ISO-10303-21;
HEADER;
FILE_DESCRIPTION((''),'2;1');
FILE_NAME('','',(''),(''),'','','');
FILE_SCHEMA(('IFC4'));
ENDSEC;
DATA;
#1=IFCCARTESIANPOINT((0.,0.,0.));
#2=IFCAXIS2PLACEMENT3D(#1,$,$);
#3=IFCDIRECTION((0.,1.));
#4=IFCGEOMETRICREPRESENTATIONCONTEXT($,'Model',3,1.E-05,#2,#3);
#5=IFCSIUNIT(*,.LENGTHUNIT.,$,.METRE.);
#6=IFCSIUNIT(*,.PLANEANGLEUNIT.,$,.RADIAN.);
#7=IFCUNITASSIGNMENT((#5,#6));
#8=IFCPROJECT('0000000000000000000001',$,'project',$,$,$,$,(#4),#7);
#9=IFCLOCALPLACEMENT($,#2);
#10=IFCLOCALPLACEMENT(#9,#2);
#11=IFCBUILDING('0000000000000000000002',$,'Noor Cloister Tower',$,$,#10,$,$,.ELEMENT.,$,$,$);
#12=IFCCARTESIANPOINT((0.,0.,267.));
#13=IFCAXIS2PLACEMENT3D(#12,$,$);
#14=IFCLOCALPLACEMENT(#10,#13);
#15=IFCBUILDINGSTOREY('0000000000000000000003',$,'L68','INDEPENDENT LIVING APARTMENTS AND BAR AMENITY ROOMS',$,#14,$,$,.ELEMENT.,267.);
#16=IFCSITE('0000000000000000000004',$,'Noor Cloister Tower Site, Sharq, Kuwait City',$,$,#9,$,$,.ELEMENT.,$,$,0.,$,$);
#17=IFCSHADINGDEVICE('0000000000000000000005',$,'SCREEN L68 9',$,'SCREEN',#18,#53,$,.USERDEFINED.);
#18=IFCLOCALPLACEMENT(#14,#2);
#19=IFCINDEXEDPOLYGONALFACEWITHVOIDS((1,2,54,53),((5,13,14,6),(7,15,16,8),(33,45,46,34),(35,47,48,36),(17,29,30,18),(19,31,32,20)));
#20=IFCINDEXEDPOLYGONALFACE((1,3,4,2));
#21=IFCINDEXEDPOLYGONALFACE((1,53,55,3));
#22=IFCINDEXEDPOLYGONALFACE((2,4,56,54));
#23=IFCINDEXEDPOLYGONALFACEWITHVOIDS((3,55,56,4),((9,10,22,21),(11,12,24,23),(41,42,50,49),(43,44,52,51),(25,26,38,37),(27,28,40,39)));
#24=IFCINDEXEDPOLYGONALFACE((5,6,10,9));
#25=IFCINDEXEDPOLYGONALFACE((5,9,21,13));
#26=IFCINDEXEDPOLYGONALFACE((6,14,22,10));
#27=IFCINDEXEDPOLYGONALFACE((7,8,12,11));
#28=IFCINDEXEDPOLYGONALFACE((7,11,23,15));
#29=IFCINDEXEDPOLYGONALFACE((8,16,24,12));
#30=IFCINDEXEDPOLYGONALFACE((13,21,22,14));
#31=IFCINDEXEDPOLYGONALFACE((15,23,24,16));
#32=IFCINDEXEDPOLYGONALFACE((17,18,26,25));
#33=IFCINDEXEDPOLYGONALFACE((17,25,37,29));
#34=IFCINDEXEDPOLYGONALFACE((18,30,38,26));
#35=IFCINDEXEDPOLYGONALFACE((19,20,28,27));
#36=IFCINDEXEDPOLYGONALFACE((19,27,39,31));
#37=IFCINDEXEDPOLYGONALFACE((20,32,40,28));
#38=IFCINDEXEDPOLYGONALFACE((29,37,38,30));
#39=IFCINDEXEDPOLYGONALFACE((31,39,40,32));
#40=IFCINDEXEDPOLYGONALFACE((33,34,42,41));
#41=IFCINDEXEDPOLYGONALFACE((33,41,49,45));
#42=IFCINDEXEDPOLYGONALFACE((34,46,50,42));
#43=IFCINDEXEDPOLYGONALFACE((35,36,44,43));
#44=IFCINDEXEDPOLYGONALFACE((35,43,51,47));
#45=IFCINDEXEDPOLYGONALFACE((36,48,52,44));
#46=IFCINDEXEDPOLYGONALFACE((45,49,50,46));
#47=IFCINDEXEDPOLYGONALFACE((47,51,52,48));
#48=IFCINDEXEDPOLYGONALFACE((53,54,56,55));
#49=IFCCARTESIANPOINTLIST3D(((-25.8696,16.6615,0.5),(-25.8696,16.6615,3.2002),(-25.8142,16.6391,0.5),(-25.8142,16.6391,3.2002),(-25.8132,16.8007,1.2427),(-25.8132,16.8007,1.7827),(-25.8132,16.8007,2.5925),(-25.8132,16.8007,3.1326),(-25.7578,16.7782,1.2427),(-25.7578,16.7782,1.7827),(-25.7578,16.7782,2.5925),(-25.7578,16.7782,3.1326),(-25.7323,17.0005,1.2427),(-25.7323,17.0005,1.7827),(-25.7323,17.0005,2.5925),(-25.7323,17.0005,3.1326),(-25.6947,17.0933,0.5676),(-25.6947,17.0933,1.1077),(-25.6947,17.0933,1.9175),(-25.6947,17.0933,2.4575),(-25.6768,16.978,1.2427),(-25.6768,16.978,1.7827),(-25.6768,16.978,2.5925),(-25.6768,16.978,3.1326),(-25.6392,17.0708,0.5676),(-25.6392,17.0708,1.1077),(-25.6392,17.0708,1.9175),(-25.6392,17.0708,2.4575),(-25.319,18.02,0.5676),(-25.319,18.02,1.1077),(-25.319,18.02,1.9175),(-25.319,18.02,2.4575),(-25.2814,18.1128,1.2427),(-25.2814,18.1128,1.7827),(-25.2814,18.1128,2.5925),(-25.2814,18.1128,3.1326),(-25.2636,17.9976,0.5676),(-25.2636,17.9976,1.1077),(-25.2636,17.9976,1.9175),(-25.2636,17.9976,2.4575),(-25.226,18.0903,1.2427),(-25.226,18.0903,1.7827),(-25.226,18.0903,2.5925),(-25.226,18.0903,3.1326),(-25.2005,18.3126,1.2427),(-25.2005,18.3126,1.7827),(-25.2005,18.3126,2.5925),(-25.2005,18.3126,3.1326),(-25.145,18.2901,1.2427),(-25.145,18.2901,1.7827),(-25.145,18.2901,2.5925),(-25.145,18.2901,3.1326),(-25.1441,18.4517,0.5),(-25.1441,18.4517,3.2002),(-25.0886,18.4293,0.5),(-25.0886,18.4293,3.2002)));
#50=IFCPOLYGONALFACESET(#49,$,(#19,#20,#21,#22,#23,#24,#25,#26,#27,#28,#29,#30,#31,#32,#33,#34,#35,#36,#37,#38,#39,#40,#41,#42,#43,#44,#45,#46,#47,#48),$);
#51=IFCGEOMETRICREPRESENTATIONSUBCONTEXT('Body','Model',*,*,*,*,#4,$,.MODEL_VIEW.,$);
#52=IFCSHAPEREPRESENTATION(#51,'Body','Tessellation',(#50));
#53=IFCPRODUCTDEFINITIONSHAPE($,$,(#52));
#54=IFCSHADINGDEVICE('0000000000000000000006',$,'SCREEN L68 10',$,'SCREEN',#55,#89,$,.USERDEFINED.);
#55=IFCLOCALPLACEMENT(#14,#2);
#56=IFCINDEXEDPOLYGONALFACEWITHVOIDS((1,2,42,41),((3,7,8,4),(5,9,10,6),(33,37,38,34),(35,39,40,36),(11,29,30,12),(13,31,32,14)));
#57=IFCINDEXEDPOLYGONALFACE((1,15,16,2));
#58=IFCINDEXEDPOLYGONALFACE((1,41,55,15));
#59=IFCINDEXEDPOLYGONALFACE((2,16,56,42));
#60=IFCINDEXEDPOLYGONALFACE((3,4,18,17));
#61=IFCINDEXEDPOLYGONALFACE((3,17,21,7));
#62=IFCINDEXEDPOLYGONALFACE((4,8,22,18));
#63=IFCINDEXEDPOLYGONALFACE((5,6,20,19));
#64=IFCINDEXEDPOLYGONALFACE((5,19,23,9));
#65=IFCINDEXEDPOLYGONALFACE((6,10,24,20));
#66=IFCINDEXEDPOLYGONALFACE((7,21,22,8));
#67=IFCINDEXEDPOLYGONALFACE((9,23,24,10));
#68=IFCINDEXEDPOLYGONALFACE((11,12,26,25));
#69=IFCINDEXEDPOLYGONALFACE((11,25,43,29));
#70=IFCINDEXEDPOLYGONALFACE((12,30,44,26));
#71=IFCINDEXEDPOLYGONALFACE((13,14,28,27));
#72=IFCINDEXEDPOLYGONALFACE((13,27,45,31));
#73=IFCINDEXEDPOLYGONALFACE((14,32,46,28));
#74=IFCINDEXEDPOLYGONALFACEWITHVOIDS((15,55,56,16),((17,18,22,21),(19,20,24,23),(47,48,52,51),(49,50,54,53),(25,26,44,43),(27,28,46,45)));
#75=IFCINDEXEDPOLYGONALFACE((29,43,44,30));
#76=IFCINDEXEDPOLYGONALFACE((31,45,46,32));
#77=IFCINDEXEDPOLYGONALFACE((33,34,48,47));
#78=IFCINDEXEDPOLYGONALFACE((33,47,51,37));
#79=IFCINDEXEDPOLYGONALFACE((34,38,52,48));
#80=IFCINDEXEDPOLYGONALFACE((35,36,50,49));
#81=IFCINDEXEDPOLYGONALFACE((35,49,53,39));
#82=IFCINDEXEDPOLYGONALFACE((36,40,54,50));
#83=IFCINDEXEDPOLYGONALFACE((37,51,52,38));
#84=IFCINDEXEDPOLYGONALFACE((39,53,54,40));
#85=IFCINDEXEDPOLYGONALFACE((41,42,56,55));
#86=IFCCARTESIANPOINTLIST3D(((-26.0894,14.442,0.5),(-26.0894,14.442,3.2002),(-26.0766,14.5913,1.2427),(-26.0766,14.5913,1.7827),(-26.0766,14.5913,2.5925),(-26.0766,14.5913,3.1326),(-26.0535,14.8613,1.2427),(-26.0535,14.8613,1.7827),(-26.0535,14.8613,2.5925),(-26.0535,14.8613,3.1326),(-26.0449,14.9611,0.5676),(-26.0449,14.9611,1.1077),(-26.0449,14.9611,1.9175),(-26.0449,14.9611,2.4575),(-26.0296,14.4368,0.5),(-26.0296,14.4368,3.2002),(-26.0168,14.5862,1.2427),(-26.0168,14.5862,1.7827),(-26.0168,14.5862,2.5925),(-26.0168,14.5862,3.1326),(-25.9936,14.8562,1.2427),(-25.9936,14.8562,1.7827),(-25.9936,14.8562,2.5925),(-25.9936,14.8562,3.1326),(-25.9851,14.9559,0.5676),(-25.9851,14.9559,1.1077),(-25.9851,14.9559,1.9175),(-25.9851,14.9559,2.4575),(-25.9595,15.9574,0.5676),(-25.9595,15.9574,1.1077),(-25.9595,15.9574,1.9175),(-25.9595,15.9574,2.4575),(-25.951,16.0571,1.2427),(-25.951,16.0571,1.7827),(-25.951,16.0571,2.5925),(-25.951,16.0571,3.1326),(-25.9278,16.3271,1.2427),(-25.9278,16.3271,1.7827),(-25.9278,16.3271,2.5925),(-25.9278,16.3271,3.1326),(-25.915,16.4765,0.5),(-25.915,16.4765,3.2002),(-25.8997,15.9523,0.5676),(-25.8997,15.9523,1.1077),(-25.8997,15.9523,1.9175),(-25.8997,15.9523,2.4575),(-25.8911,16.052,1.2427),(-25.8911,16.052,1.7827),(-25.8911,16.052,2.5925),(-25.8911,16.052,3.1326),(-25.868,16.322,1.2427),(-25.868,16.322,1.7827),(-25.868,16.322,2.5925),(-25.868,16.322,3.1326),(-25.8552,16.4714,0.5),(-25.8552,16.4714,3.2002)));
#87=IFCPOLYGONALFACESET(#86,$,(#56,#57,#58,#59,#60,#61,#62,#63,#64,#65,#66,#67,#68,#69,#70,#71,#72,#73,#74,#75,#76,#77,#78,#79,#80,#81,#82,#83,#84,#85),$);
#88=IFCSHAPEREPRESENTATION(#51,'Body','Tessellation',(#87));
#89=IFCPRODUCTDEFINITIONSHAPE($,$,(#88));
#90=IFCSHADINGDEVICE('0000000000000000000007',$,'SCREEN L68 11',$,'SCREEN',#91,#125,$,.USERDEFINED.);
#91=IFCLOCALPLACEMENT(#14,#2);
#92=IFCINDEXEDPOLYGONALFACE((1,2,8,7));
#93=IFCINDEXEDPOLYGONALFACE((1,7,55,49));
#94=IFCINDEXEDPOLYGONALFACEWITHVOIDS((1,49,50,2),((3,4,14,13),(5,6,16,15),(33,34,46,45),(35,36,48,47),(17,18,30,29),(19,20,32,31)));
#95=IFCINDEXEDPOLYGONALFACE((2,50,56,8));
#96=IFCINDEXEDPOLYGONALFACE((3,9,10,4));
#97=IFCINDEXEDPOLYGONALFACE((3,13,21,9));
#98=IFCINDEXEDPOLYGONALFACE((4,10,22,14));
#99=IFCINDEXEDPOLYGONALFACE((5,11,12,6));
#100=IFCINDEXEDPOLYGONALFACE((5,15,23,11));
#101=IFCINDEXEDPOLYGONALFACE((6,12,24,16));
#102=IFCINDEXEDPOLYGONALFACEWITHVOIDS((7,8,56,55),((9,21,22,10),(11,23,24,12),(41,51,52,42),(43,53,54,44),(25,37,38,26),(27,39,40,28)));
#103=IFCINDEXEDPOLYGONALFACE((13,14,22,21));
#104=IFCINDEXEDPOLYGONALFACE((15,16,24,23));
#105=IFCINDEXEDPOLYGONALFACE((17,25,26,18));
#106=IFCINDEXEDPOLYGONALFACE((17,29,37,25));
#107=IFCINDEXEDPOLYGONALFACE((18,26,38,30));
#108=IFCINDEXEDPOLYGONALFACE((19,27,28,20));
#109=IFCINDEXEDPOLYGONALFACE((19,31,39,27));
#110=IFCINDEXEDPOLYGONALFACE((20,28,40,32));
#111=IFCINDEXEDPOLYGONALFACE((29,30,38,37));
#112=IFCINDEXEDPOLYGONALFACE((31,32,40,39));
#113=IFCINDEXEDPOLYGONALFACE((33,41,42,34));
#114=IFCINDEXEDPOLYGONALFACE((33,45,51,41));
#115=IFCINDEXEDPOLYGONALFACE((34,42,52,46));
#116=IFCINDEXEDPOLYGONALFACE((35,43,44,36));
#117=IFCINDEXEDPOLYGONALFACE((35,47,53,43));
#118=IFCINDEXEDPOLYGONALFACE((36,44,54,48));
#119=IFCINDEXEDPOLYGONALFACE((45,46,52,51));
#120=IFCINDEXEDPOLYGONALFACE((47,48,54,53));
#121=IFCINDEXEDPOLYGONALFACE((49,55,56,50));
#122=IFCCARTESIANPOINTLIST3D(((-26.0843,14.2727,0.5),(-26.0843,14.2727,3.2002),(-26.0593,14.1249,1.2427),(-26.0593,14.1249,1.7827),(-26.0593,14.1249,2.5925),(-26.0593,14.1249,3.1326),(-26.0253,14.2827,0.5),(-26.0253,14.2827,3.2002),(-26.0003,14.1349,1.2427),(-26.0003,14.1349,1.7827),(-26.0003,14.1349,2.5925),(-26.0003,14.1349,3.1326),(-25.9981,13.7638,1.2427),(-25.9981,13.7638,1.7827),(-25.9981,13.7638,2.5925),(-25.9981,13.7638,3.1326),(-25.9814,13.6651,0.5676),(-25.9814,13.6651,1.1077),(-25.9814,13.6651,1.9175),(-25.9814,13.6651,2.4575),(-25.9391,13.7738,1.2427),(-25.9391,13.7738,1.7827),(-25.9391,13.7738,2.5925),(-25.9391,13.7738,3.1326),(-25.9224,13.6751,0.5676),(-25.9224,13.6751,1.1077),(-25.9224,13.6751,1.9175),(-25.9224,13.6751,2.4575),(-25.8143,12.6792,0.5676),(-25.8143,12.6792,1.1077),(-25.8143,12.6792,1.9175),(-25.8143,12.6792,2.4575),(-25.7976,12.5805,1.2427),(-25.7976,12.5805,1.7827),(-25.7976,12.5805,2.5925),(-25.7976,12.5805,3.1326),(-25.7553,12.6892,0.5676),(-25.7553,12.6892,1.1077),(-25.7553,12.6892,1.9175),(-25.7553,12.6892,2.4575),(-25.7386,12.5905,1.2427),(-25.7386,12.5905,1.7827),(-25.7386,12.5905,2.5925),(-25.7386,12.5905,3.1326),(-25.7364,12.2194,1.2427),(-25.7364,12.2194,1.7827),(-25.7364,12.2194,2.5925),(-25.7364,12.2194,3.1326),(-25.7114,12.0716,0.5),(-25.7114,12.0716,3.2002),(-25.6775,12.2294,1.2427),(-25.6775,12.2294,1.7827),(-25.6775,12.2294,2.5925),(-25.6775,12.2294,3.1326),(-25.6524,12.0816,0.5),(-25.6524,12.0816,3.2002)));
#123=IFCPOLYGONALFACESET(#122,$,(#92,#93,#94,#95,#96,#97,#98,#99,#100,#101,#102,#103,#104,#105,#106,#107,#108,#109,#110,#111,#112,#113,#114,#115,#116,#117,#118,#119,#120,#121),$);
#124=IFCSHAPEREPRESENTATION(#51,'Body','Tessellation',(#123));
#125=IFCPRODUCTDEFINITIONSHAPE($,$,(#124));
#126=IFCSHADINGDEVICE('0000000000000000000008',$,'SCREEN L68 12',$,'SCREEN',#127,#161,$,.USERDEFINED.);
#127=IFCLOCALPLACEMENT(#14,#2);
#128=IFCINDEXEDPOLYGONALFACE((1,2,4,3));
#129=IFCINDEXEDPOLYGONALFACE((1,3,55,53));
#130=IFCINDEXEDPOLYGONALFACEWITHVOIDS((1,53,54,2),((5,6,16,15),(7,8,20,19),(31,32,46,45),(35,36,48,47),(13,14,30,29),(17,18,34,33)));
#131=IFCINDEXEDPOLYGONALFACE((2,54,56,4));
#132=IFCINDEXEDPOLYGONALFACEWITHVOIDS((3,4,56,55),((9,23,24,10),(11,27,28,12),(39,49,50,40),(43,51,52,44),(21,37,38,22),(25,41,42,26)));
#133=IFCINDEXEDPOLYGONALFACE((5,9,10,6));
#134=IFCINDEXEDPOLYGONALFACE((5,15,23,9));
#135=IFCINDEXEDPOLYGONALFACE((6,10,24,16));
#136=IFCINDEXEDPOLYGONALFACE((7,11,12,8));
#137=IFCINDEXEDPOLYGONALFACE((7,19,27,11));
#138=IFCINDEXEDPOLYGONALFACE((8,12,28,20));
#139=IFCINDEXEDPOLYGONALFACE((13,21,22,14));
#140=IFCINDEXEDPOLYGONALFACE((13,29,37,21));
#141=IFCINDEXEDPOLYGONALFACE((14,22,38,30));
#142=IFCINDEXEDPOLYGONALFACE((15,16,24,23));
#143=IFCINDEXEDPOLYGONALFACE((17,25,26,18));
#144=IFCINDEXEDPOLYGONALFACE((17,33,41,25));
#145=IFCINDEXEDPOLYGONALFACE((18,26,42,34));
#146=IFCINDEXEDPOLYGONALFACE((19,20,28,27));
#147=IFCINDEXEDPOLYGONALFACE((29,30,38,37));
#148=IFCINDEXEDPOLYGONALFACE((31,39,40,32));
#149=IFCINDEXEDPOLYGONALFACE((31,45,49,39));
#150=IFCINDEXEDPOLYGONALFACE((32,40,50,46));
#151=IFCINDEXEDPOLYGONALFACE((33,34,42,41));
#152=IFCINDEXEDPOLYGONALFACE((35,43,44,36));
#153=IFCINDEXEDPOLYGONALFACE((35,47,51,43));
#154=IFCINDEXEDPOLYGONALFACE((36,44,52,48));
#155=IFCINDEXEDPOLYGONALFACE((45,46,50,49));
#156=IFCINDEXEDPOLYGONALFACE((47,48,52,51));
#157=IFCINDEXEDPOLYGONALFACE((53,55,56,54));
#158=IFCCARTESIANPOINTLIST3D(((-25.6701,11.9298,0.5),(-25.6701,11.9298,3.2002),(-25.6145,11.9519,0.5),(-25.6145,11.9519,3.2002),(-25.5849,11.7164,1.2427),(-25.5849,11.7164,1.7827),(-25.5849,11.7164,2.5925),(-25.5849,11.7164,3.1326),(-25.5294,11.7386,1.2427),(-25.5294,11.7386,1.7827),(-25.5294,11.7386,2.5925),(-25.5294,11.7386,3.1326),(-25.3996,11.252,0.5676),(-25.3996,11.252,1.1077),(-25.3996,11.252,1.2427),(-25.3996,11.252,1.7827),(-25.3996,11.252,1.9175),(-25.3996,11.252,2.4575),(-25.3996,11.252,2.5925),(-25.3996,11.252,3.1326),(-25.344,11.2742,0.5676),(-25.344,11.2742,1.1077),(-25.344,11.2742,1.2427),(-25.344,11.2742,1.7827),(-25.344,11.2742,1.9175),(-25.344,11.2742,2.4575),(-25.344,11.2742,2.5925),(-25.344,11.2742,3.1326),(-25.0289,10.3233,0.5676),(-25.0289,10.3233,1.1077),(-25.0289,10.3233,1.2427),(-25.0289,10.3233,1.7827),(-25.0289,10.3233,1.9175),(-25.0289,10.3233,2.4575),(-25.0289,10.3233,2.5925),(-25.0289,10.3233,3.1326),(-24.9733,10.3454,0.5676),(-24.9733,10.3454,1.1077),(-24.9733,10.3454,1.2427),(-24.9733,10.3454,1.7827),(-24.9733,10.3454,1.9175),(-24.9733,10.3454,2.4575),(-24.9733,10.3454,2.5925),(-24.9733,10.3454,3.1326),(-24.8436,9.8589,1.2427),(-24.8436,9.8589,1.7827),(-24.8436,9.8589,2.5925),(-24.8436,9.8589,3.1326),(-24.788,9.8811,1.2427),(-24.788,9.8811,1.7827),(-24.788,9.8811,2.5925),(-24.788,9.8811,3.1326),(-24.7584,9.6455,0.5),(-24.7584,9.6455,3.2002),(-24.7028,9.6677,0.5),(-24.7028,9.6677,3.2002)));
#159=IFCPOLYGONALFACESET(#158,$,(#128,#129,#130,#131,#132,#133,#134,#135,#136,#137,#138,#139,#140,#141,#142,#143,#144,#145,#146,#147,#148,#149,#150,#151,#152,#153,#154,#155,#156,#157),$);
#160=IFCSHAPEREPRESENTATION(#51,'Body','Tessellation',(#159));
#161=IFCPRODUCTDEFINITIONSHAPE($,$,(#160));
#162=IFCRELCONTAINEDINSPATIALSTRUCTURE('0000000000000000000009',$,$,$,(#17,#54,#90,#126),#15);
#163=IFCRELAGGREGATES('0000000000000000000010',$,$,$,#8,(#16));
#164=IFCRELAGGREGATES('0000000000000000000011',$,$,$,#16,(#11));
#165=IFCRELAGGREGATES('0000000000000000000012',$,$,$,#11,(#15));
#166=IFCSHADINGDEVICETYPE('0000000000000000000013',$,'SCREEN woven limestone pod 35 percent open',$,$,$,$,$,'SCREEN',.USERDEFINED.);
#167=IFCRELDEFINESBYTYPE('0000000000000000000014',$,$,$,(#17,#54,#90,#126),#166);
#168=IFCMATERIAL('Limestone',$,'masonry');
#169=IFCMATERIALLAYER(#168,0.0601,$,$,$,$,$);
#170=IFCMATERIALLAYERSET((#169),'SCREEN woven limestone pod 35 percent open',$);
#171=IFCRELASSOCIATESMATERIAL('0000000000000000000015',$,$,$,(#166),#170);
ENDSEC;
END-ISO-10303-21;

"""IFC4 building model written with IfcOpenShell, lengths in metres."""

from ifc_helpers import new_model, si_unit, direction, frame, origin, place, context, subcontext, project, spatial, polyline, outline, extrude, material, layer, layer_set, type_object, element, save


model = new_model("IFC4")

# Units and contexts
model_context = context("Model", 3, precision=1e-05, world=origin(), true_north=direction((0.0, 1.0)))
body_context = subcontext(model_context, "Body", "Model", "MODEL_VIEW")
ifc_project = project(units=[si_unit("LENGTHUNIT", "METRE"), si_unit("PLANEANGLEUNIT", "RADIAN")], contexts=[model_context])

# Site, building, storey
site_placement = place(None, origin())
site = spatial("IfcSite", under=ifc_project, at=site_placement, Name="Noor Cloister Tower Site, Sharq, Kuwait City", CompositionType="ELEMENT", RefElevation=0.0)
building_placement = place(site_placement, origin())
building = spatial("IfcBuilding", under=site, at=building_placement, Name="Noor Cloister Tower", CompositionType="ELEMENT")
storey_placement = place(building_placement, frame((0.0, 0.0, 267.0)))
storey = spatial("IfcBuildingStorey", under=building, at=storey_placement, Name="L68", Description="INDEPENDENT LIVING APARTMENTS AND BAR AMENITY ROOMS", CompositionType="ELEMENT", Elevation=267.0)

# Shading devices
ifc_material_1 = material(Name="Limestone", Category="masonry")
ifc_layer_1 = layer(ifc_material_1, 0.0601)
ifc_layer_set_1 = layer_set([ifc_layer_1], Name="SCREEN woven limestone pod 35 percent open")
shading_device_type = type_object("IfcShadingDeviceType", Name="SCREEN woven limestone pod 35 percent open", ElementType="SCREEN", PredefinedType="USERDEFINED", material=ifc_layer_set_1)
shading_device_1_placement = place(storey_placement, frame((-25.4514, 17.5342, 1.8501), z_axis=(-0.926778, 0.37561, 0.0), x_axis=(-0.37561, -0.926778, 0.0)))
element("IfcShadingDevice", 1, at=shading_device_1_placement, inside=storey, type_object=shading_device_type, Name="SCREEN L68 9", ObjectType="SCREEN", PredefinedType="USERDEFINED", context=body_context, shape_type="SweptSolid", body=[
    extrude(outline(polyline([(-0.9658, -1.3501), (0.9658, -1.3501), (0.9658, 1.3501), (-0.9658, 1.3501), (-0.9658, -1.3501)]), holes=[polyline([(-0.5, -1.2825), (0.5, -1.2825), (0.5, -0.7424), (-0.5, -0.7424), (-0.5, -1.2825)]), polyline([(0.6001, -0.6074), (0.8157, -0.6074), (0.8157, -0.0674), (0.6001, -0.0674), (0.6001, -0.6074)]), polyline([(-0.8157, -0.6074), (-0.6001, -0.6074), (-0.6001, -0.0674), (-0.8157, -0.0674), (-0.8157, -0.6074)]), polyline([(-0.5, 0.0674), (0.5, 0.0674), (0.5, 0.6074), (-0.5, 0.6074), (-0.5, 0.0674)]), polyline([(0.6001, 0.7424), (0.8157, 0.7424), (0.8157, 1.2825), (0.6001, 1.2825), (0.6001, 0.7424)]), polyline([(-0.8157, 0.7424), (-0.6001, 0.7424), (-0.6001, 1.2825), (-0.8157, 1.2825), (-0.8157, 0.7424)])]), origin(), (0.0, 0.0, 1.0), 0.0598),
])
shading_device_2_placement = place(storey_placement, frame((-25.9424, 15.4541, 1.8501), z_axis=(-0.996347, 0.085401, 0.0), x_axis=(-0.085401, -0.996347, 0.0)))
element("IfcShadingDevice", 2, at=shading_device_2_placement, inside=storey, type_object=shading_device_type, Name="SCREEN L68 10", ObjectType="SCREEN", PredefinedType="USERDEFINED", context=body_context, shape_type="SweptSolid", body=[
    extrude(outline(polyline([(-1.021, -1.3501), (1.021, -1.3501), (1.021, 1.3501), (-1.021, 1.3501), (-1.021, -1.3501)]), holes=[polyline([(-0.5, -1.2825), (0.5, -1.2825), (0.5, -0.7424), (-0.5, -0.7424), (-0.5, -1.2825)]), polyline([(0.6001, -0.6074), (0.8711, -0.6074), (0.8711, -0.0674), (0.6001, -0.0674), (0.6001, -0.6074)]), polyline([(-0.8711, -0.6074), (-0.6001, -0.6074), (-0.6001, -0.0674), (-0.8711, -0.0674), (-0.8711, -0.6074)]), polyline([(-0.5, 0.0674), (0.5, 0.0674), (0.5, 0.6074), (-0.5, 0.6074), (-0.5, 0.0674)]), polyline([(0.6001, 0.7424), (0.8711, 0.7424), (0.8711, 1.2825), (0.6001, 1.2825), (0.6001, 0.7424)]), polyline([(-0.8711, 0.7424), (-0.6001, 0.7424), (-0.6001, 1.2825), (-0.8711, 1.2825), (-0.8711, 0.7424)])]), origin(), (0.0, 0.0, 1.0), 0.0601),
])
shading_device_3_placement = place(storey_placement, frame((-25.8389, 13.1821, 1.8501), z_axis=(-0.98595, -0.167041, 0.0), x_axis=(0.167041, -0.98595, 0.0)))
element("IfcShadingDevice", 3, at=shading_device_3_placement, inside=storey, type_object=shading_device_type, Name="SCREEN L68 11", ObjectType="SCREEN", PredefinedType="USERDEFINED", context=body_context, shape_type="SweptSolid", body=[
    extrude(outline(polyline([(-1.1162, -1.3501), (1.1162, -1.3501), (1.1162, 1.3501), (-1.1162, 1.3501), (-1.1162, -1.3501)]), holes=[polyline([(-0.5, -1.2825), (0.5, -1.2825), (0.5, -0.7424), (-0.5, -0.7424), (-0.5, -1.2825)]), polyline([(0.6001, -0.6074), (0.9663, -0.6074), (0.9663, -0.0674), (0.6001, -0.0674), (0.6001, -0.6074)]), polyline([(-0.9663, -0.6074), (-0.6001, -0.6074), (-0.6001, -0.0674), (-0.9663, -0.0674), (-0.9663, -0.6074)]), polyline([(-0.5, 0.0674), (0.5, 0.0674), (0.5, 0.6074), (-0.5, 0.6074), (-0.5, 0.0674)]), polyline([(0.6001, 0.7424), (0.9663, 0.7424), (0.9663, 1.2825), (0.6001, 1.2825), (0.6001, 0.7424)]), polyline([(-0.9663, 0.7424), (-0.6001, 0.7424), (-0.6001, 1.2825), (-0.9663, 1.2825), (-0.9663, 0.7424)])]), origin(), (0.0, 0.0, 1.0), 0.0598),
])
shading_device_4_placement = place(storey_placement, frame((-25.1587, 10.8098, 1.8501), z_axis=(-0.928757, -0.370688, 0.0), x_axis=(0.370688, -0.928757, 0.0)))
element("IfcShadingDevice", 4, at=shading_device_4_placement, inside=storey, type_object=shading_device_type, Name="SCREEN L68 12", ObjectType="SCREEN", PredefinedType="USERDEFINED", context=body_context, shape_type="SweptSolid", body=[
    extrude(outline(polyline([(-1.2297, -1.3501), (1.2297, -1.3501), (1.2297, 1.3501), (-1.2297, 1.3501), (-1.2297, -1.3501)]), holes=[polyline([(-0.5, -1.2825), (0.5, -1.2825), (0.5, -0.7424), (-0.5, -0.7424), (-0.5, -1.2825)]), polyline([(-1.0, -0.6074), (-0.5, -0.6074), (-0.5, -0.0674), (-1.0, -0.0674), (-1.0, -0.6074)]), polyline([(0.5, -0.6074), (1.0, -0.6074), (1.0, -0.0674), (0.5, -0.0674), (0.5, -0.6074)]), polyline([(-0.5, 0.0674), (0.5, 0.0674), (0.5, 0.6074), (-0.5, 0.6074), (-0.5, 0.0674)]), polyline([(-1.0, 0.7424), (-0.5, 0.7424), (-0.5, 1.2825), (-1.0, 1.2825), (-1.0, 0.7424)]), polyline([(0.5, 0.7424), (1.0, 0.7424), (1.0, 1.2825), (0.5, 1.2825), (0.5, 0.7424)])]), origin(), (0.0, 0.0, 1.0), 0.0598),
])

save(model, "model.ifc")
